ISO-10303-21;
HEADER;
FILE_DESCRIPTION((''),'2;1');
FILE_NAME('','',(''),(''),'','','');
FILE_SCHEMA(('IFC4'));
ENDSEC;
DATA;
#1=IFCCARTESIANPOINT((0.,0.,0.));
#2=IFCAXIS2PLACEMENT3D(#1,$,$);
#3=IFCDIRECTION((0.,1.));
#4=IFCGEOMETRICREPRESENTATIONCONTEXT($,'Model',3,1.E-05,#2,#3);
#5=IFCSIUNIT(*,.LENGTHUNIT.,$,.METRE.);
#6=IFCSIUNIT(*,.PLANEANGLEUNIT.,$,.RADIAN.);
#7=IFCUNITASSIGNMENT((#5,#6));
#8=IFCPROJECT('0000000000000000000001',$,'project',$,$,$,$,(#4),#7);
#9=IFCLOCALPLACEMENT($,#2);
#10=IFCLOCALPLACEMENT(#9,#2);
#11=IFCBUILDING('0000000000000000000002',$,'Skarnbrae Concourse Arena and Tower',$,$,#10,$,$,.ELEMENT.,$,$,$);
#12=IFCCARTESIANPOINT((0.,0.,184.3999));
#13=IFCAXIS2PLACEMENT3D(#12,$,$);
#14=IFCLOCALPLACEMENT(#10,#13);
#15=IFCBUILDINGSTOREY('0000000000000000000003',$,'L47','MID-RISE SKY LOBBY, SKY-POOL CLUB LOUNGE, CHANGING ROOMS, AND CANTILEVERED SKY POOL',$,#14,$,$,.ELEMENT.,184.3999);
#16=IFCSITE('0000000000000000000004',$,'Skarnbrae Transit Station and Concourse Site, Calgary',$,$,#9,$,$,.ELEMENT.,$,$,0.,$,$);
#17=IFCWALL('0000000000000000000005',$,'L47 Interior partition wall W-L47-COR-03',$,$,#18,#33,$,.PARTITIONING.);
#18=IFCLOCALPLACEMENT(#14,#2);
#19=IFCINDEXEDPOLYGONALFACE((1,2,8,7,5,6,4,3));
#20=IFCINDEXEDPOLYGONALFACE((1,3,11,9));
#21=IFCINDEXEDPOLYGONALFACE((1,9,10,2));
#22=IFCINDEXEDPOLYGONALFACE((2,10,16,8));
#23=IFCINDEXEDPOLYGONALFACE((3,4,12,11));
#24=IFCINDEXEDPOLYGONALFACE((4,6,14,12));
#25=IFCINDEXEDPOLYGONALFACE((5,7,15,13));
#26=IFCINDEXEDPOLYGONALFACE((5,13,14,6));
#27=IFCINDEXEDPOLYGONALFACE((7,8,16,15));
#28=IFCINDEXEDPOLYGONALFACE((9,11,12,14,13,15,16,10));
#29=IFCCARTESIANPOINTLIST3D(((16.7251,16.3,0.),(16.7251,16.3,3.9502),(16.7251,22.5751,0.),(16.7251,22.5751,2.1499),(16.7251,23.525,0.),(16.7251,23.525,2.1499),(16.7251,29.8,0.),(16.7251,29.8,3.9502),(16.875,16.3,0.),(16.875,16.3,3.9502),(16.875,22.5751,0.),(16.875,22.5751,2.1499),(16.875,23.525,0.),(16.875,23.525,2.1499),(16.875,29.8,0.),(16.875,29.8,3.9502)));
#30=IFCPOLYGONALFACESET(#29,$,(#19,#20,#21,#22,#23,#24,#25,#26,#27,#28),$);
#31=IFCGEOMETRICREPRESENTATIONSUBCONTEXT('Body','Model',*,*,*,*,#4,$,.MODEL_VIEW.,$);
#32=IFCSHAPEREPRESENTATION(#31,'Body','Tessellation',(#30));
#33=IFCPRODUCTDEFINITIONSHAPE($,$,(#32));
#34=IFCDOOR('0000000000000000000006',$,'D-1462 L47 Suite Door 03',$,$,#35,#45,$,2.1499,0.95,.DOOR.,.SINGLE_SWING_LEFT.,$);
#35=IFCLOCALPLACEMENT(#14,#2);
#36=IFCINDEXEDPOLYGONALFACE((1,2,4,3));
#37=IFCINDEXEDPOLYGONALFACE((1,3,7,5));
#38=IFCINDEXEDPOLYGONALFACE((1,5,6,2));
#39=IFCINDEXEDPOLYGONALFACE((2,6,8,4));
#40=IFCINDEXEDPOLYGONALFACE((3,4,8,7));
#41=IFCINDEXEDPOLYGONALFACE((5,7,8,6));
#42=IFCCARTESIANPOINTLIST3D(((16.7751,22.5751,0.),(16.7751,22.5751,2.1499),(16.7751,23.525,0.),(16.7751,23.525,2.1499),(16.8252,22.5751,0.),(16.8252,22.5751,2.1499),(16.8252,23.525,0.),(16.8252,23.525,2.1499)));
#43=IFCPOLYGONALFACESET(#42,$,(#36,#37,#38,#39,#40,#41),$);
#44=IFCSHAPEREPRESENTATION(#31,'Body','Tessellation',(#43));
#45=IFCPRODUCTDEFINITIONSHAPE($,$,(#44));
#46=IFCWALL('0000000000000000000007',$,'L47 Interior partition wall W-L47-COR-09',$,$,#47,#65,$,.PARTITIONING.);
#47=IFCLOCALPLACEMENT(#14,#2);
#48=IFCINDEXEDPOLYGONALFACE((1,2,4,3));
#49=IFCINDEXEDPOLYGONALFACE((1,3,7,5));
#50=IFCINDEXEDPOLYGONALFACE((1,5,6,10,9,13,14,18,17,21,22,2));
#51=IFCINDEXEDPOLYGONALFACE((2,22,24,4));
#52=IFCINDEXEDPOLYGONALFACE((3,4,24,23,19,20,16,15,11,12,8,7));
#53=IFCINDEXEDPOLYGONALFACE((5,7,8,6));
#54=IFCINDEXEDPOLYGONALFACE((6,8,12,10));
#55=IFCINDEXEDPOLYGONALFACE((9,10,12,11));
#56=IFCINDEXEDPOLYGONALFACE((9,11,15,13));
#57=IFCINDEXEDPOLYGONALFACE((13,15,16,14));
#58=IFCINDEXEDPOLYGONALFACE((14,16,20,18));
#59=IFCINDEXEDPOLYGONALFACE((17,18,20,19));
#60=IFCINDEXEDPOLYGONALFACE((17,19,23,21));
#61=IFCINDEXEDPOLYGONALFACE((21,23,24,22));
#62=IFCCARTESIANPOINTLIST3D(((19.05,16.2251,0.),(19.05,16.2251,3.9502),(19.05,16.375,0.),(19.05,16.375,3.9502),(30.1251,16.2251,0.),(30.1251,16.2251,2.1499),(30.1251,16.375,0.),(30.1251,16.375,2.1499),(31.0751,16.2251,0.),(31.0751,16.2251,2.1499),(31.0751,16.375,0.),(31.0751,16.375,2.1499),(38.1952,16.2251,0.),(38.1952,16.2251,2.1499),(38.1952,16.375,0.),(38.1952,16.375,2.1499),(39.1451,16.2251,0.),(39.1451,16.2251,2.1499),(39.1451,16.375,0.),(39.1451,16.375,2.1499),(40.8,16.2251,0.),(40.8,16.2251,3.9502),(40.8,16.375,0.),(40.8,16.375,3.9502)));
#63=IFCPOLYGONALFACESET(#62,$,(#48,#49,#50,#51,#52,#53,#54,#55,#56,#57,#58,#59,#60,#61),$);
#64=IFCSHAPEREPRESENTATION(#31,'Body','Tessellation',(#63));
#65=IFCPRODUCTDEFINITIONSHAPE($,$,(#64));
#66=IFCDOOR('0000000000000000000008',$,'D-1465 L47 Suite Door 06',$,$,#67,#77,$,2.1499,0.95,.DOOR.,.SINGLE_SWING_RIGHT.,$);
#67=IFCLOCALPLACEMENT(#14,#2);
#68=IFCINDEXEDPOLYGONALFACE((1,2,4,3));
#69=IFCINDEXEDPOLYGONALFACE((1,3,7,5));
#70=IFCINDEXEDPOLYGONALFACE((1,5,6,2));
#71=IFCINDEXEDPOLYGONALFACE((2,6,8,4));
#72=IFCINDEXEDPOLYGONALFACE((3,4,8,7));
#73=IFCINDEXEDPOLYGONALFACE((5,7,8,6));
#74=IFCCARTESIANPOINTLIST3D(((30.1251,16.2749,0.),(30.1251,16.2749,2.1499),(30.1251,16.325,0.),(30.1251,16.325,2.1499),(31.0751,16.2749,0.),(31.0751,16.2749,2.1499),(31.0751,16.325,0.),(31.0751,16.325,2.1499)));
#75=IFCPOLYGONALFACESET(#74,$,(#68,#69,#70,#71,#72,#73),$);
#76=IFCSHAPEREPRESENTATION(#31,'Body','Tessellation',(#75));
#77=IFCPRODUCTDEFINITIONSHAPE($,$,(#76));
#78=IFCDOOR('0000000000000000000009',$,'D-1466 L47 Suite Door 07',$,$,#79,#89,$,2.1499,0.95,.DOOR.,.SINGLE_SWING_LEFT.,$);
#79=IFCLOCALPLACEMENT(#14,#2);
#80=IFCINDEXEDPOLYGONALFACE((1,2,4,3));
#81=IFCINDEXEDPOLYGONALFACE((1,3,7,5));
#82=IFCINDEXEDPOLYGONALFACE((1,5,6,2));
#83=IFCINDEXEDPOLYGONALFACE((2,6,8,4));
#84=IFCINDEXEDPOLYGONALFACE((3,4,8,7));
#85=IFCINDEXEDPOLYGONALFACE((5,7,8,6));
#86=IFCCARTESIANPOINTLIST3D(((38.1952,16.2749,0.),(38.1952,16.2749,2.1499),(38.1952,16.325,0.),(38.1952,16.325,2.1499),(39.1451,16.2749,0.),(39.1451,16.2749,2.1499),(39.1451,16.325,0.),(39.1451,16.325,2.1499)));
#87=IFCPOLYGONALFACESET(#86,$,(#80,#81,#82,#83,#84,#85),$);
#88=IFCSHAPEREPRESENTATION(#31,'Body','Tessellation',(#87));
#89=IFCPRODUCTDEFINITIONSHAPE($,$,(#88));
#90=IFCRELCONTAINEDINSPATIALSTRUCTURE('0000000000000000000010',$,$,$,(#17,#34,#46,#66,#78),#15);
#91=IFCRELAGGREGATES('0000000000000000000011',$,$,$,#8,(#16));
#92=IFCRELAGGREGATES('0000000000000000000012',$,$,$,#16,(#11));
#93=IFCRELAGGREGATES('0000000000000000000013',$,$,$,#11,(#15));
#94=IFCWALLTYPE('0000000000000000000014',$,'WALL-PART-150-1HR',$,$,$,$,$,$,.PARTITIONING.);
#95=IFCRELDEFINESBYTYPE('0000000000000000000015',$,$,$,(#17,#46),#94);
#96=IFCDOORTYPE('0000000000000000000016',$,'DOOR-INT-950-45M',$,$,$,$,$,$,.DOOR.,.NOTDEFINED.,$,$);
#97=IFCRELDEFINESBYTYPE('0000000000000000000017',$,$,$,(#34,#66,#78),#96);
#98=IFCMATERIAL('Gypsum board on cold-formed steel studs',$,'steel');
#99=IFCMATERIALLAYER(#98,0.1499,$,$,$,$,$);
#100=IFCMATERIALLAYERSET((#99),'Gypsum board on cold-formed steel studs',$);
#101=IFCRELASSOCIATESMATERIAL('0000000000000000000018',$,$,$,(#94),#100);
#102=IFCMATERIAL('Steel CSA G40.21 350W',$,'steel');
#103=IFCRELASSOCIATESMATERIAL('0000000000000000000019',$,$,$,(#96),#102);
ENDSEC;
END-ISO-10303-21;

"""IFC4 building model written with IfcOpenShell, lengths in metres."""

from ifc_helpers import new_model, si_unit, direction, frame, frame_2d, origin, place, context, subcontext, project, spatial, rectangle, extrude, source, transform, mapped, material, layer, layer_set, type_object, element, fill, save


model = new_model("IFC4")

# Units and contexts
model_context = context("Model", 3, precision=1e-05, world=origin(), true_north=direction((0.0, 1.0)))
body_context = subcontext(model_context, "Body", "Model", "MODEL_VIEW")
ifc_project = project(units=[si_unit("LENGTHUNIT", "METRE"), si_unit("PLANEANGLEUNIT", "RADIAN")], contexts=[model_context])

# Site, building, storey
site_placement = place(None, origin())
site = spatial("IfcSite", under=ifc_project, at=site_placement, Name="Skarnbrae Transit Station and Concourse Site, Calgary", CompositionType="ELEMENT", RefElevation=0.0)
building_placement = place(site_placement, origin())
building = spatial("IfcBuilding", under=site, at=building_placement, Name="Skarnbrae Concourse Arena and Tower", CompositionType="ELEMENT")
storey_placement = place(building_placement, frame((0.0, 0.0, 184.3999)))
storey = spatial("IfcBuildingStorey", under=building, at=storey_placement, Name="L47", Description="MID-RISE SKY LOBBY, SKY-POOL CLUB LOUNGE, CHANGING ROOMS, AND CANTILEVERED SKY POOL", CompositionType="ELEMENT", Elevation=184.3999)

# Shared definitions
ifc_material_1 = material(Name="Steel CSA G40.21 350W", Category="steel")

# Shared definitions
ifc_material_2 = material(Name="Gypsum board on cold-formed steel studs", Category="steel")

# Wall, opening, door
ifc_layer_1 = layer(ifc_material_2, 0.1499)
ifc_layer_set_1 = layer_set([ifc_layer_1], Name="Gypsum board on cold-formed steel studs")
wall_type_1 = type_object("IfcWallType", Name="WALL-PART-150-1HR", PredefinedType="PARTITIONING", material=ifc_layer_set_1)
shared_shape_1 = source(origin(), body_context, "Body", "SweptSolid", [
    extrude(rectangle(XDim=13.5, YDim=0.1499, at=frame_2d((6.75, 0.0))), origin(), (0.0, 0.0, 1.0), 3.9502),
])
wall_1_placement = place(storey_placement, frame((16.8, 16.3, 0.0), z_axis=(0.0, 0.0, 1.0), x_axis=(0.0, 1.0, 0.0)))
wall_1 = element("IfcWall", 1, at=wall_1_placement, inside=storey, type_object=wall_type_1, Name="L47 Interior partition wall W-L47-COR-03", PredefinedType="PARTITIONING", context=body_context, shape_type="MappedRepresentation", body=[
    mapped(shared_shape_1, transform((0.0, 0.0, 0.0))),
])
opening_1_placement = place(wall_1_placement, frame((6.2749, 0.0, 0.0)))
opening_1 = element("IfcOpeningElement", 2, at=opening_1_placement, cuts=wall_1, PredefinedType="OPENING", context=body_context, shape_type="SweptSolid", body=[
    extrude(rectangle(XDim=0.95, YDim=2.1499, at=frame_2d((0.4751, 1.075))), frame((0.0, 0.085, 0.0), z_axis=(0.0, -1.0, 0.0), x_axis=(1.0, 0.0, 0.0)), (0.0, 0.0, 1.0), 0.1699),
])
door_type_1 = type_object("IfcDoorType", Name="DOOR-INT-950-45M", OperationType="NOTDEFINED", PredefinedType="DOOR", material=ifc_material_1)
shared_shape_2 = source(origin(), body_context, "Body", "SweptSolid", [
    extrude(rectangle(XDim=0.95, YDim=2.1499, at=frame_2d((0.4751, 1.075))), frame((0.0, 0.0249, 0.0), z_axis=(0.0, -1.0, 0.0), x_axis=(1.0, 0.0, 0.0)), (0.0, 0.0, 1.0), 0.05),
])
door_1_placement = place(opening_1_placement, origin())
door_1 = element("IfcDoor", 3, at=door_1_placement, inside=storey, type_object=door_type_1, Name="D-1462 L47 Suite Door 03", OperationType="SINGLE_SWING_LEFT", OverallHeight=2.1499, OverallWidth=0.95, PredefinedType="DOOR", context=body_context, shape_type="MappedRepresentation", body=[
    mapped(shared_shape_2, transform((0.0, 0.0, 0.0))),
])
fill(opening_1, door_1)

# Wall, openings, doors
shared_shape_3 = source(origin(), body_context, "Body", "SweptSolid", [
    extrude(rectangle(XDim=21.75, YDim=0.1499, at=frame_2d((10.875, 0.0))), origin(), (0.0, 0.0, 1.0), 3.9502),
])
wall_2_placement = place(storey_placement, frame((19.05, 16.3, 0.0), z_axis=(0.0, 0.0, 1.0), x_axis=(1.0, 0.0, 0.0)))
wall_2 = element("IfcWall", 4, at=wall_2_placement, inside=storey, type_object=wall_type_1, Name="L47 Interior partition wall W-L47-COR-09", PredefinedType="PARTITIONING", context=body_context, shape_type="MappedRepresentation", body=[
    mapped(shared_shape_3, transform((0.0, 0.0, 0.0))),
])
opening_2_placement = place(wall_2_placement, frame((11.075, 0.0, 0.0)))
opening_2 = element("IfcOpeningElement", 5, at=opening_2_placement, cuts=wall_2, PredefinedType="OPENING", context=body_context, shape_type="SweptSolid", body=[
    extrude(rectangle(XDim=0.95, YDim=2.1499, at=frame_2d((0.4751, 1.075))), frame((0.0, 0.085, 0.0), z_axis=(0.0, -1.0, 0.0), x_axis=(1.0, 0.0, 0.0)), (0.0, 0.0, 1.0), 0.1699),
])
opening_3_placement = place(wall_2_placement, frame((19.145, 0.0, 0.0)))
opening_3 = element("IfcOpeningElement", 6, at=opening_3_placement, cuts=wall_2, PredefinedType="OPENING", context=body_context, shape_type="SweptSolid", body=[
    extrude(rectangle(XDim=0.95, YDim=2.1499, at=frame_2d((0.4751, 1.075))), frame((0.0, 0.085, 0.0), z_axis=(0.0, -1.0, 0.0), x_axis=(1.0, 0.0, 0.0)), (0.0, 0.0, 1.0), 0.1699),
])
door_2_placement = place(opening_2_placement, origin())
door_2 = element("IfcDoor", 7, at=door_2_placement, inside=storey, type_object=door_type_1, Name="D-1465 L47 Suite Door 06", OperationType="SINGLE_SWING_RIGHT", OverallHeight=2.1499, OverallWidth=0.95, PredefinedType="DOOR", context=body_context, shape_type="MappedRepresentation", body=[
    mapped(shared_shape_2, transform((0.0, 0.0, 0.0))),
])
fill(opening_2, door_2)
door_3_placement = place(opening_3_placement, origin())
door_3 = element("IfcDoor", 8, at=door_3_placement, inside=storey, type_object=door_type_1, Name="D-1466 L47 Suite Door 07", OperationType="SINGLE_SWING_LEFT", OverallHeight=2.1499, OverallWidth=0.95, PredefinedType="DOOR", context=body_context, shape_type="MappedRepresentation", body=[
    mapped(shared_shape_2, transform((0.0, 0.0, 0.0))),
])
fill(opening_3, door_3)

save(model, "model.ifc")
